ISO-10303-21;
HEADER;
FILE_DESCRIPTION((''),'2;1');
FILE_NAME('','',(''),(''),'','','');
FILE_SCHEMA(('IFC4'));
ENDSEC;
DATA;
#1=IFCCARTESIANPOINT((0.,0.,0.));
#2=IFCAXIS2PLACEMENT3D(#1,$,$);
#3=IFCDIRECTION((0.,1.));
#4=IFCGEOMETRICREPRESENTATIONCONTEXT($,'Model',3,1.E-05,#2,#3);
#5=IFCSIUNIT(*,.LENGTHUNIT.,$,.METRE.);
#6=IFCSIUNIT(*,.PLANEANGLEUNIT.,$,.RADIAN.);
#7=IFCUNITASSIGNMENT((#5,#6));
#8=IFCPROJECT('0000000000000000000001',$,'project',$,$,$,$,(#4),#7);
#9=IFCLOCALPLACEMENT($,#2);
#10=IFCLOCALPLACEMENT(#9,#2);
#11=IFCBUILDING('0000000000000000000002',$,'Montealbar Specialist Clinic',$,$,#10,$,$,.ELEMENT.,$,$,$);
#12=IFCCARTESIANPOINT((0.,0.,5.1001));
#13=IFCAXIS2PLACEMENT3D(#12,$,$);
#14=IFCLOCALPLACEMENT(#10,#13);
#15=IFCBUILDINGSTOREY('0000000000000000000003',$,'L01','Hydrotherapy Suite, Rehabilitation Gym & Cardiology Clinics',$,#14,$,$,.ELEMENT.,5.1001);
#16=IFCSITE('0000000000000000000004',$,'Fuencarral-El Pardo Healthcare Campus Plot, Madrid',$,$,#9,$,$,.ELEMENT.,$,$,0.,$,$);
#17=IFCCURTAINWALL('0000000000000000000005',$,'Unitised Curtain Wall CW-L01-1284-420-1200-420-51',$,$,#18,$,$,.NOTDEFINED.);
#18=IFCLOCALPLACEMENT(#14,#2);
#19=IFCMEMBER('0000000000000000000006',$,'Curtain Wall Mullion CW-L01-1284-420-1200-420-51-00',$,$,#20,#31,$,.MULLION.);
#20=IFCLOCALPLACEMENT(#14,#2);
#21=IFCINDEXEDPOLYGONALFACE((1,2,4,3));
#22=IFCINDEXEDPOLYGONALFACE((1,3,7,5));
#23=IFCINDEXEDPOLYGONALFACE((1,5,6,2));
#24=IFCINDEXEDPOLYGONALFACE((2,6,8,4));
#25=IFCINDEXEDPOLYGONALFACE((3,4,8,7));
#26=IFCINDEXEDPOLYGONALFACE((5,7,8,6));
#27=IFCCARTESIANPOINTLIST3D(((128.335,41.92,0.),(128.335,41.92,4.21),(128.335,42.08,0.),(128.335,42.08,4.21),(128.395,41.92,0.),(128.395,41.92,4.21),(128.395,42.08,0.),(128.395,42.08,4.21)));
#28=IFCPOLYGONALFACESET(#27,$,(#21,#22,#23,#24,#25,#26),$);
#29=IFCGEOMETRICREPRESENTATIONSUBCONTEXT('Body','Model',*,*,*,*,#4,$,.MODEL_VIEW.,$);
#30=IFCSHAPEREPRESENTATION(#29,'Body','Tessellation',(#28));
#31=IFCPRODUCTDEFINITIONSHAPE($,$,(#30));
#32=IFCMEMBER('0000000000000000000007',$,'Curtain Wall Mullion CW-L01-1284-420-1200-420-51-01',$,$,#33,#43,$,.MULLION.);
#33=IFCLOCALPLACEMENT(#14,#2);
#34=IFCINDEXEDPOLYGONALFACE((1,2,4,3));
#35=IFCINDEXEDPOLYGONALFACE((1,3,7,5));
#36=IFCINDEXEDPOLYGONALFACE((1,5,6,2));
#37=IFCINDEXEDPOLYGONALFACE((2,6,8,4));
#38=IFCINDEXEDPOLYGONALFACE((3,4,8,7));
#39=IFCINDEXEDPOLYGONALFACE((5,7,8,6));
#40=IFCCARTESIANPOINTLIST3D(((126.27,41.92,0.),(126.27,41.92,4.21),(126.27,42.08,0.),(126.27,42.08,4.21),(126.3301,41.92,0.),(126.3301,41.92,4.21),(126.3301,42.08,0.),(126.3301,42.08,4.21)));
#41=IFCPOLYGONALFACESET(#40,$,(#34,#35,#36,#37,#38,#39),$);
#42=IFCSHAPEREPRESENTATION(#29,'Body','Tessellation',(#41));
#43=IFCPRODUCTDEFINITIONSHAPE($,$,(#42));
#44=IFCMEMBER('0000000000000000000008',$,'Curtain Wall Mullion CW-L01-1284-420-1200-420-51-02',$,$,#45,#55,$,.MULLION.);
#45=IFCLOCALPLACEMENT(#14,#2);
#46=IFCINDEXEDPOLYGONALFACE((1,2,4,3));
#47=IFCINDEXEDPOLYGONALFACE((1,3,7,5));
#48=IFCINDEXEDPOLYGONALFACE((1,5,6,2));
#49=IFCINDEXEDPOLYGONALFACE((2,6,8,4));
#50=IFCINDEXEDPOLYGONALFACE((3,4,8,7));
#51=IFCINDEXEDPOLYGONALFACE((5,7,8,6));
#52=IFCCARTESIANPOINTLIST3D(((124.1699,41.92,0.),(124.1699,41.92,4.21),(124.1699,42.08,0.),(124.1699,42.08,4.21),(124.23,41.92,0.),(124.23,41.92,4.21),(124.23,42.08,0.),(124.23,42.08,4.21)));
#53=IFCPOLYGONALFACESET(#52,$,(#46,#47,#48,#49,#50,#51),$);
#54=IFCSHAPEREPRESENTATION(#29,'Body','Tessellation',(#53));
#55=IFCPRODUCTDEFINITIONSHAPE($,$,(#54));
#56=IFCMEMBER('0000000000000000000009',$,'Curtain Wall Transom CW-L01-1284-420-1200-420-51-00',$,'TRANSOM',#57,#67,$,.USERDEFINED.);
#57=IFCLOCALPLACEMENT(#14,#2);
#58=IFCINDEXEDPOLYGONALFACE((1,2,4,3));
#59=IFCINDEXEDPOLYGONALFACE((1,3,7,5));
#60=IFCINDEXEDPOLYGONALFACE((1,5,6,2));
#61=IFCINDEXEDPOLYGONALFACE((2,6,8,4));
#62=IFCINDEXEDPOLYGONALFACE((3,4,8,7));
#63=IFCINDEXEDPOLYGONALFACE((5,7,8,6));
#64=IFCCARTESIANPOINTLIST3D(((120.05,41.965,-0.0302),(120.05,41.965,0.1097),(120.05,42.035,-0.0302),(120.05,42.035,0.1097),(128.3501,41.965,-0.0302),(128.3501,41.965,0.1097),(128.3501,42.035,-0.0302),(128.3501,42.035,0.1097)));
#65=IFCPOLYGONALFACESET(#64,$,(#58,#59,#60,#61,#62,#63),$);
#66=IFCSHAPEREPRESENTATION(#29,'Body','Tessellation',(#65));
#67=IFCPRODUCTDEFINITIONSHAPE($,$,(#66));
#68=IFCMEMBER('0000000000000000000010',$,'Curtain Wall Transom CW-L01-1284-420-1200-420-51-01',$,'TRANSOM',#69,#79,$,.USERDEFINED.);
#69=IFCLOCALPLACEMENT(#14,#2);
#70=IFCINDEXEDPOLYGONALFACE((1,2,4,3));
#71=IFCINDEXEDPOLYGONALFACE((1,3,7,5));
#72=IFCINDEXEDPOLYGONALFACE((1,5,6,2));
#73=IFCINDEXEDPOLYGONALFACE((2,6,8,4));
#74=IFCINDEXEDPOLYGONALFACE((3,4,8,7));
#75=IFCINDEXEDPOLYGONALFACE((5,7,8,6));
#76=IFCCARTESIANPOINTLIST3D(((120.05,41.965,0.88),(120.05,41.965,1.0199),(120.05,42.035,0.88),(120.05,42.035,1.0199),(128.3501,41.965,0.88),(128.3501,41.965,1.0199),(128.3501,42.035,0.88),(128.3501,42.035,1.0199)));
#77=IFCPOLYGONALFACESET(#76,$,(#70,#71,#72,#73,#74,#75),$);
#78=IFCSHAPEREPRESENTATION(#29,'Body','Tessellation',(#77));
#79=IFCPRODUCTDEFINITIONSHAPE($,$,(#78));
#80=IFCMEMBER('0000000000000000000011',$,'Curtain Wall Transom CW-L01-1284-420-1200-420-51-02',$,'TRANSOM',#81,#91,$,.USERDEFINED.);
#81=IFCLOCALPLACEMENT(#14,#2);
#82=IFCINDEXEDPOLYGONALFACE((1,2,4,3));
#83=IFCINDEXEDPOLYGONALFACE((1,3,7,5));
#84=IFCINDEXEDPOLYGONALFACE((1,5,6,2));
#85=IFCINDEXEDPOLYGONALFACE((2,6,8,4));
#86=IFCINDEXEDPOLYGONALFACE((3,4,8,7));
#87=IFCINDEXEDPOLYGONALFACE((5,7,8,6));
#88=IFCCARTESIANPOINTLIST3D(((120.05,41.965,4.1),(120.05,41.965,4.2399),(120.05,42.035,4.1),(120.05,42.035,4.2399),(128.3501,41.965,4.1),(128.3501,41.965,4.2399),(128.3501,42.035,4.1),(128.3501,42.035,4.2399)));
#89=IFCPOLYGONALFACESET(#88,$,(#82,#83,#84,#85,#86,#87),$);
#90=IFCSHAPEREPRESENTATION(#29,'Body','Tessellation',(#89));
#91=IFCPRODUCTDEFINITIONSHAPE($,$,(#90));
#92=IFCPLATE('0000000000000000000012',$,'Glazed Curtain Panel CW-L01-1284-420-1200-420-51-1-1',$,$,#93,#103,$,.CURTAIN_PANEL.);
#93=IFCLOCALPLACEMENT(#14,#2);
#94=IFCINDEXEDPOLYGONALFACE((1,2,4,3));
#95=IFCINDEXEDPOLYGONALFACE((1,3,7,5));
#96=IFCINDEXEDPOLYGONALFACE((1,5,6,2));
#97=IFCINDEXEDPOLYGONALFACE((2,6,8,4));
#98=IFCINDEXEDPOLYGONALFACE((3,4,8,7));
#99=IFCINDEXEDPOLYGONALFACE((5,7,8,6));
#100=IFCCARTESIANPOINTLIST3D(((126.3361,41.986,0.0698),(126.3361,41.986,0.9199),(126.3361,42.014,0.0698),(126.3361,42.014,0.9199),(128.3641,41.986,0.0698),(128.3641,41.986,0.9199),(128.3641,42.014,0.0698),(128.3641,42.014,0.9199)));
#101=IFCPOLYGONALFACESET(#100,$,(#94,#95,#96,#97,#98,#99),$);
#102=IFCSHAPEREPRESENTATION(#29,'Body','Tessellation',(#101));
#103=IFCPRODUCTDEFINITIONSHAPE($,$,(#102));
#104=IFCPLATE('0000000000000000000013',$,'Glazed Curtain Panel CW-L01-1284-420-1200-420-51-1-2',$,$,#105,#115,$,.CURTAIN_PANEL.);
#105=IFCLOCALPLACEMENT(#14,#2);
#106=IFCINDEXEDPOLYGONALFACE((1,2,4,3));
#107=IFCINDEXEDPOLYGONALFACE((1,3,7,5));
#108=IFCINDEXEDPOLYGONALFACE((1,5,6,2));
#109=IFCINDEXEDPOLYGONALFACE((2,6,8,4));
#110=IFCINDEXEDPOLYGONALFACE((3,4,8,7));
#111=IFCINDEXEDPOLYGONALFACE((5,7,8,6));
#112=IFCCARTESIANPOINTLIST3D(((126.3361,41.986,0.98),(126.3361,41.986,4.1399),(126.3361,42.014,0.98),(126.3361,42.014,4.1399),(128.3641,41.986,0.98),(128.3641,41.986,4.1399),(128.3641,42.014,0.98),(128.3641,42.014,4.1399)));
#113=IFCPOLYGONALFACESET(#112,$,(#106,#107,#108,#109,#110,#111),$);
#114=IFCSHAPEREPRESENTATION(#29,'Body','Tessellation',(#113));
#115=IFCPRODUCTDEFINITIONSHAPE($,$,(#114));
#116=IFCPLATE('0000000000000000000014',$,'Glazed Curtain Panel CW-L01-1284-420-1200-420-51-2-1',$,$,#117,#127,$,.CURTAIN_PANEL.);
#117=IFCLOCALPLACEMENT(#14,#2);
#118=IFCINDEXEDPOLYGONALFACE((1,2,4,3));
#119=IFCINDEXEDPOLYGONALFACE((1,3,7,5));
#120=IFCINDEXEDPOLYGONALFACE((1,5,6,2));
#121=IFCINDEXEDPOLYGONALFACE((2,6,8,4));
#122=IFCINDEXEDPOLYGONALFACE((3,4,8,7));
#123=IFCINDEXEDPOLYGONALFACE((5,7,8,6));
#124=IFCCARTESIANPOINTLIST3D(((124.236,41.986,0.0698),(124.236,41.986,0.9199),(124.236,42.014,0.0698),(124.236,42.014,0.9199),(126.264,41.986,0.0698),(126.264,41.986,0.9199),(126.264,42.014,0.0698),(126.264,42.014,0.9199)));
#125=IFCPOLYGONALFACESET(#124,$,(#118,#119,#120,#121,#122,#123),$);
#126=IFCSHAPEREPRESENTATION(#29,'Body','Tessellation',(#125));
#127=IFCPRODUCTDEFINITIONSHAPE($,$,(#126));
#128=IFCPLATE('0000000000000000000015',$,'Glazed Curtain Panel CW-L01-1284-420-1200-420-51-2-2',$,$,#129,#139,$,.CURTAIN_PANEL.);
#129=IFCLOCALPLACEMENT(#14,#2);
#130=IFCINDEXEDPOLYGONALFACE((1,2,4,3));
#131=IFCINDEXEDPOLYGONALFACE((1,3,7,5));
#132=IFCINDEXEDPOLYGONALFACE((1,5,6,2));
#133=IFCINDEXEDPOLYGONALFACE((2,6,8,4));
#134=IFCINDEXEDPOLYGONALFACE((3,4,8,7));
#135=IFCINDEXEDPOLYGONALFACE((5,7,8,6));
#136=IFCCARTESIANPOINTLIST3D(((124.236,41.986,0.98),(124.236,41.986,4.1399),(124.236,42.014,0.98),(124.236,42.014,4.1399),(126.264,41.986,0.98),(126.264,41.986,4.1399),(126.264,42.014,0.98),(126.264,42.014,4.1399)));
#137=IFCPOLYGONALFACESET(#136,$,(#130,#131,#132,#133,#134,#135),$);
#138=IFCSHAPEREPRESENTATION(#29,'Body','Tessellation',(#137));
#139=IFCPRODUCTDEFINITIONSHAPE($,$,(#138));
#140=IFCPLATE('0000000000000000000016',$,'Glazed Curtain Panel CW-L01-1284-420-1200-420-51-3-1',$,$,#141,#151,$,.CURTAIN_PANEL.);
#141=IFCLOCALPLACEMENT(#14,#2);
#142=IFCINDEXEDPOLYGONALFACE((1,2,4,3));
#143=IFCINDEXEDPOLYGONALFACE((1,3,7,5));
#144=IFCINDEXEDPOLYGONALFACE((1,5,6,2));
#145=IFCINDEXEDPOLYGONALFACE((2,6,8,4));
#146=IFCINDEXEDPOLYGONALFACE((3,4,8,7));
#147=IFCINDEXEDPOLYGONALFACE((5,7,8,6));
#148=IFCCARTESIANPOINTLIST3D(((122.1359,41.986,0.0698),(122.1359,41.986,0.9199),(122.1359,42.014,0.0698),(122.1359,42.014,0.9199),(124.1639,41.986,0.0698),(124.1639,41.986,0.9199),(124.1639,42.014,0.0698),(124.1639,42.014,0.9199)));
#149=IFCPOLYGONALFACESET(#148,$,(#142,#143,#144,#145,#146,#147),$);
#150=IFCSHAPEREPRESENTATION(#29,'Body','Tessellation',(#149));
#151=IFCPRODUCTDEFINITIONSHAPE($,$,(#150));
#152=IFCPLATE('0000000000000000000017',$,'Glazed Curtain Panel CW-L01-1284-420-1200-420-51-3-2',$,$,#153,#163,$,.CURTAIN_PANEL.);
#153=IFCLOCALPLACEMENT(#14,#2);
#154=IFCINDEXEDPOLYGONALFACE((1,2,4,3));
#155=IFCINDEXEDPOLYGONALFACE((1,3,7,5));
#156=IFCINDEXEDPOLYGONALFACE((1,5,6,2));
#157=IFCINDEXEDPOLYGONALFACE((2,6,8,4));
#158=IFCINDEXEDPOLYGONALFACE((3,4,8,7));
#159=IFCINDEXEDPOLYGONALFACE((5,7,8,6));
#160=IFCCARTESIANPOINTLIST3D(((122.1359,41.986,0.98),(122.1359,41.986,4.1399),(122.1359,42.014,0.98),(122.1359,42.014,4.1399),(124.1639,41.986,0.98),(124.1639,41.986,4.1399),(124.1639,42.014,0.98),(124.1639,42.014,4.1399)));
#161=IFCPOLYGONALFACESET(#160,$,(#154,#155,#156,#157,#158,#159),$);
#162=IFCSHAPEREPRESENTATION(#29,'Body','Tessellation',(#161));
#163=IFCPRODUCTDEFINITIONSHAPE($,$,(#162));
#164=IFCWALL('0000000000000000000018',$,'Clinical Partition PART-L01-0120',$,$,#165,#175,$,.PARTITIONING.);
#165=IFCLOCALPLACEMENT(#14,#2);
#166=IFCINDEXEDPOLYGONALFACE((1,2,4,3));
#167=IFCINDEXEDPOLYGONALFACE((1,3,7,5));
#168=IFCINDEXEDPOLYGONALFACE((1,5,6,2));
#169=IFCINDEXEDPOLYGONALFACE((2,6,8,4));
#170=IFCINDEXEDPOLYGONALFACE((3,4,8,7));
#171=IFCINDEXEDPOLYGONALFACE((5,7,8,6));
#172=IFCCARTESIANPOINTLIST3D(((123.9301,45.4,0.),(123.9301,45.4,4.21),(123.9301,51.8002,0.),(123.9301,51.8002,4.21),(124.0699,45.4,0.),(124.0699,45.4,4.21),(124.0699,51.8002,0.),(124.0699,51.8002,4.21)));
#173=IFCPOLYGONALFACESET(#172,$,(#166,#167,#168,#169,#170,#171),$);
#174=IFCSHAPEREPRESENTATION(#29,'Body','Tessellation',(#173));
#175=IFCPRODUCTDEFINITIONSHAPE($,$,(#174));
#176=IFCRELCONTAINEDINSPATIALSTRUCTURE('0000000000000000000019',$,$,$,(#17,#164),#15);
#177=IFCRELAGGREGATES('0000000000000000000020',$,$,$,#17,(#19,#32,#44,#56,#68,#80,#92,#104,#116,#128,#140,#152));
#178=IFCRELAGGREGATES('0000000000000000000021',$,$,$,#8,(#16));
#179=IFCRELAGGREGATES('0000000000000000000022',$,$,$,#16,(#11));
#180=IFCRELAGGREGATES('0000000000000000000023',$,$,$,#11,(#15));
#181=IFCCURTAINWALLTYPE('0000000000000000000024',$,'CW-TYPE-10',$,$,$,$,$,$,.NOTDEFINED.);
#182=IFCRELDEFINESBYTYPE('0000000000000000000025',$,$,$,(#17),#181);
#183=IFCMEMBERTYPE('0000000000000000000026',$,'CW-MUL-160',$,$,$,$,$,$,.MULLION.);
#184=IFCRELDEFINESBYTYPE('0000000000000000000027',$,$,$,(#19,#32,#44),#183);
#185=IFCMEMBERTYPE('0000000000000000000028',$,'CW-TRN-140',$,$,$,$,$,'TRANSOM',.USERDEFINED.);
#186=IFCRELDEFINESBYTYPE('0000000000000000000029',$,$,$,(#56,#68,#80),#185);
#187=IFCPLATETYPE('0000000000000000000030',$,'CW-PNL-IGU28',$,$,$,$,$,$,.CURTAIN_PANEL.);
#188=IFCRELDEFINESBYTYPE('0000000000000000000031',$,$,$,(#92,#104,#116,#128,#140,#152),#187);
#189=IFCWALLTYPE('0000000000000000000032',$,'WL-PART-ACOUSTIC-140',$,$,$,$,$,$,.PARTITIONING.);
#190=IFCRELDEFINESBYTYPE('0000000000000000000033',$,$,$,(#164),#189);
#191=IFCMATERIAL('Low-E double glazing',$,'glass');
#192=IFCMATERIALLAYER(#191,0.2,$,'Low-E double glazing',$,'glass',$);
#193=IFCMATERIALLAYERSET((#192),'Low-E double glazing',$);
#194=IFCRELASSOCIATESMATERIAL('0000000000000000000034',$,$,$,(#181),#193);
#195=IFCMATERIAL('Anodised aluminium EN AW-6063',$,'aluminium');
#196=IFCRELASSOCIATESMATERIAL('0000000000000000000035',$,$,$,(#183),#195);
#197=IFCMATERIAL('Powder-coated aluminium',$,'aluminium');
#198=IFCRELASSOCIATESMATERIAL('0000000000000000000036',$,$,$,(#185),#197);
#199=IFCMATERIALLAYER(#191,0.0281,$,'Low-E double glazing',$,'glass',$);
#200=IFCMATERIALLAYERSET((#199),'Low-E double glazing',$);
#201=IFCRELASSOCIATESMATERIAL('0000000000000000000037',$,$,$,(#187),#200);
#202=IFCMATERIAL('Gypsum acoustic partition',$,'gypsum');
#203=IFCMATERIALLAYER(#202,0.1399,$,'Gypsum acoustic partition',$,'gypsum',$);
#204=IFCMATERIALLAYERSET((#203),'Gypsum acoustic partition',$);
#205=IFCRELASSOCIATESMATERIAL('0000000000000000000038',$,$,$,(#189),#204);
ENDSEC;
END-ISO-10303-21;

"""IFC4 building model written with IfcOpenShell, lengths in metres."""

from ifc_helpers import new_model, si_unit, direction, frame, frame_2d, origin, origin_2d, place, context, subcontext, project, spatial, rectangle, extrude, material, layer, layer_set, material_profile, profile_set, type_object, element, aggregate, save


model = new_model("IFC4")

# Units and contexts
model_context = context("Model", 3, precision=1e-05, world=origin(), true_north=direction((0.0, 1.0)))
body_context = subcontext(model_context, "Body", "Model", "MODEL_VIEW")
ifc_project = project(units=[si_unit("LENGTHUNIT", "METRE"), si_unit("PLANEANGLEUNIT", "RADIAN")], contexts=[model_context])

# Site, building, storey
site_placement = place(None, origin())
site = spatial("IfcSite", under=ifc_project, at=site_placement, Name="Fuencarral-El Pardo Healthcare Campus Plot, Madrid", CompositionType="ELEMENT", RefElevation=0.0)
building_placement = place(site_placement, origin())
building = spatial("IfcBuilding", under=site, at=building_placement, Name="Montealbar Specialist Clinic", CompositionType="ELEMENT")
storey_placement = place(building_placement, frame((0.0, 0.0, 5.1001)))
storey = spatial("IfcBuildingStorey", under=building, at=storey_placement, Name="L01", Description="Hydrotherapy Suite, Rehabilitation Gym & Cardiology Clinics", CompositionType="ELEMENT", Elevation=5.1001)

# Curtain wall, members, plates
ifc_material_1 = material(Name="Low-E double glazing", Category="glass")
ifc_layer_1 = layer(ifc_material_1, 0.2, Name="Low-E double glazing", Category="glass")
ifc_layer_set_1 = layer_set([ifc_layer_1], Name="Low-E double glazing")
curtain_wall_type = type_object("IfcCurtainWallType", Name="CW-TYPE-10", PredefinedType="NOTDEFINED", material=ifc_layer_set_1)
curtain_wall_placement = place(storey_placement, origin())
curtain_wall = element("IfcCurtainWall", 1, at=curtain_wall_placement, inside=storey, type_object=curtain_wall_type, Name="Unitised Curtain Wall CW-L01-1284-420-1200-420-51", PredefinedType="NOTDEFINED")
ifc_material_2 = material(Name="Anodised aluminium EN AW-6063", Category="aluminium")
ifc_material_profile_1 = material_profile(ifc_material_2, rectangle(XDim=0.0601, YDim=0.1599, at=origin_2d()), Name="ALU 60x160", Category="aluminium")
ifc_profile_set_1 = profile_set([ifc_material_profile_1], Name="Anodised aluminium EN AW-6063")
member_type_1 = type_object("IfcMemberType", Name="CW-MUL-160", PredefinedType="MULLION", material=ifc_profile_set_1)
member_1_placement = place(storey_placement, frame((128.365, 42.0, 0.0), z_axis=(0.0, 0.0, 1.0), x_axis=(-1.0, 0.0, 0.0)))
member_1 = element("IfcMember", 2, at=member_1_placement, type_object=member_type_1, Name="Curtain Wall Mullion CW-L01-1284-420-1200-420-51-00", PredefinedType="MULLION", context=body_context, shape_type="SweptSolid", body=[
    extrude(rectangle(XDim=0.0601, YDim=0.1599, at=origin_2d()), origin(), (0.0, 0.0, 1.0), 4.21),
])
member_2_placement = place(storey_placement, frame((126.3, 42.0, 0.0), z_axis=(0.0, 0.0, 1.0), x_axis=(-1.0, 0.0, 0.0)))
member_2 = element("IfcMember", 3, at=member_2_placement, type_object=member_type_1, Name="Curtain Wall Mullion CW-L01-1284-420-1200-420-51-01", PredefinedType="MULLION", context=body_context, shape_type="SweptSolid", body=[
    extrude(rectangle(XDim=0.0601, YDim=0.1599, at=origin_2d()), origin(), (0.0, 0.0, 1.0), 4.21),
])
member_3_placement = place(storey_placement, frame((124.2, 42.0, 0.0), z_axis=(0.0, 0.0, 1.0), x_axis=(-1.0, 0.0, 0.0)))
member_3 = element("IfcMember", 4, at=member_3_placement, type_object=member_type_1, Name="Curtain Wall Mullion CW-L01-1284-420-1200-420-51-02", PredefinedType="MULLION", context=body_context, shape_type="SweptSolid", body=[
    extrude(rectangle(XDim=0.0601, YDim=0.1599, at=origin_2d()), origin(), (0.0, 0.0, 1.0), 4.21),
])
ifc_material_3 = material(Name="Powder-coated aluminium", Category="aluminium")
ifc_material_profile_2 = material_profile(ifc_material_3, rectangle(XDim=0.0701, YDim=0.1399, at=origin_2d()), Name="ALU 70x140", Category="aluminium")
ifc_profile_set_2 = profile_set([ifc_material_profile_2], Name="Powder-coated aluminium")
member_type_2 = type_object("IfcMemberType", Name="CW-TRN-140", ElementType="TRANSOM", PredefinedType="USERDEFINED", material=ifc_profile_set_2)
member_4_placement = place(storey_placement, frame((128.3501, 42.0, 0.0398), z_axis=(-1.0, 0.0, 0.0), x_axis=(0.0, -1.0, 0.0)))
member_4 = element("IfcMember", 5, at=member_4_placement, type_object=member_type_2, Name="Curtain Wall Transom CW-L01-1284-420-1200-420-51-00", ObjectType="TRANSOM", PredefinedType="USERDEFINED", context=body_context, shape_type="SweptSolid", body=[
    extrude(rectangle(XDim=0.0701, YDim=0.1399, at=origin_2d()), origin(), (0.0, 0.0, 1.0), 8.3),
])
member_5_placement = place(storey_placement, frame((128.3501, 42.0, 0.95), z_axis=(-1.0, 0.0, 0.0), x_axis=(0.0, -1.0, 0.0)))
member_5 = element("IfcMember", 6, at=member_5_placement, type_object=member_type_2, Name="Curtain Wall Transom CW-L01-1284-420-1200-420-51-01", ObjectType="TRANSOM", PredefinedType="USERDEFINED", context=body_context, shape_type="SweptSolid", body=[
    extrude(rectangle(XDim=0.0701, YDim=0.1399, at=origin_2d()), origin(), (0.0, 0.0, 1.0), 8.3),
])
member_6_placement = place(storey_placement, frame((128.3501, 42.0, 4.1699), z_axis=(-1.0, 0.0, 0.0), x_axis=(0.0, -1.0, 0.0)))
member_6 = element("IfcMember", 7, at=member_6_placement, type_object=member_type_2, Name="Curtain Wall Transom CW-L01-1284-420-1200-420-51-02", ObjectType="TRANSOM", PredefinedType="USERDEFINED", context=body_context, shape_type="SweptSolid", body=[
    extrude(rectangle(XDim=0.0701, YDim=0.1399, at=origin_2d()), origin(), (0.0, 0.0, 1.0), 8.3),
])
ifc_layer_2 = layer(ifc_material_1, 0.0281, Name="Low-E double glazing", Category="glass")
ifc_layer_set_2 = layer_set([ifc_layer_2], Name="Low-E double glazing")
plate_type = type_object("IfcPlateType", Name="CW-PNL-IGU28", PredefinedType="CURTAIN_PANEL", material=ifc_layer_set_2)
plate_1_placement = place(storey_placement, frame((127.3501, 42.0, 0.0698), z_axis=(0.0, 0.0, 1.0), x_axis=(-1.0, 0.0, 0.0)))
plate_1 = element("IfcPlate", 8, at=plate_1_placement, type_object=plate_type, Name="Glazed Curtain Panel CW-L01-1284-420-1200-420-51-1-1", PredefinedType="CURTAIN_PANEL", context=body_context, shape_type="SweptSolid", body=[
    extrude(rectangle(XDim=2.0281, YDim=0.0281, at=origin_2d()), origin(), (0.0, 0.0, 1.0), 0.8501),
])
plate_2_placement = place(storey_placement, frame((127.3501, 42.0, 0.98), z_axis=(0.0, 0.0, 1.0), x_axis=(-1.0, 0.0, 0.0)))
plate_2 = element("IfcPlate", 9, at=plate_2_placement, type_object=plate_type, Name="Glazed Curtain Panel CW-L01-1284-420-1200-420-51-1-2", PredefinedType="CURTAIN_PANEL", context=body_context, shape_type="SweptSolid", body=[
    extrude(rectangle(XDim=2.0281, YDim=0.0281, at=origin_2d()), origin(), (0.0, 0.0, 1.0), 3.1599),
])
plate_3_placement = place(storey_placement, frame((125.25, 42.0, 0.0698), z_axis=(0.0, 0.0, 1.0), x_axis=(-1.0, 0.0, 0.0)))
plate_3 = element("IfcPlate", 10, at=plate_3_placement, type_object=plate_type, Name="Glazed Curtain Panel CW-L01-1284-420-1200-420-51-2-1", PredefinedType="CURTAIN_PANEL", context=body_context, shape_type="SweptSolid", body=[
    extrude(rectangle(XDim=2.0281, YDim=0.0281, at=origin_2d()), origin(), (0.0, 0.0, 1.0), 0.8501),
])
plate_4_placement = place(storey_placement, frame((125.25, 42.0, 0.98), z_axis=(0.0, 0.0, 1.0), x_axis=(-1.0, 0.0, 0.0)))
plate_4 = element("IfcPlate", 11, at=plate_4_placement, type_object=plate_type, Name="Glazed Curtain Panel CW-L01-1284-420-1200-420-51-2-2", PredefinedType="CURTAIN_PANEL", context=body_context, shape_type="SweptSolid", body=[
    extrude(rectangle(XDim=2.0281, YDim=0.0281, at=origin_2d()), origin(), (0.0, 0.0, 1.0), 3.1599),
])
plate_5_placement = place(storey_placement, frame((123.1499, 42.0, 0.0698), z_axis=(0.0, 0.0, 1.0), x_axis=(-1.0, 0.0, 0.0)))
plate_5 = element("IfcPlate", 12, at=plate_5_placement, type_object=plate_type, Name="Glazed Curtain Panel CW-L01-1284-420-1200-420-51-3-1", PredefinedType="CURTAIN_PANEL", context=body_context, shape_type="SweptSolid", body=[
    extrude(rectangle(XDim=2.0281, YDim=0.0281, at=origin_2d()), origin(), (0.0, 0.0, 1.0), 0.8501),
])
plate_6_placement = place(storey_placement, frame((123.1499, 42.0, 0.98), z_axis=(0.0, 0.0, 1.0), x_axis=(-1.0, 0.0, 0.0)))
plate_6 = element("IfcPlate", 13, at=plate_6_placement, type_object=plate_type, Name="Glazed Curtain Panel CW-L01-1284-420-1200-420-51-3-2", PredefinedType="CURTAIN_PANEL", context=body_context, shape_type="SweptSolid", body=[
    extrude(rectangle(XDim=2.0281, YDim=0.0281, at=origin_2d()), origin(), (0.0, 0.0, 1.0), 3.1599),
])
aggregate(curtain_wall, [member_1, member_2, member_3, member_4, member_5, member_6, plate_1, plate_2, plate_3, plate_4, plate_5, plate_6])

# Wall
ifc_material_4 = material(Name="Gypsum acoustic partition", Category="gypsum")
ifc_layer_3 = layer(ifc_material_4, 0.1399, Name="Gypsum acoustic partition", Category="gypsum")
ifc_layer_set_3 = layer_set([ifc_layer_3], Name="Gypsum acoustic partition")
wall_type_1 = type_object("IfcWallType", Name="WL-PART-ACOUSTIC-140", PredefinedType="PARTITIONING", material=ifc_layer_set_3)
wall_1_placement = place(storey_placement, frame((124.0, 45.3999, 0.0), z_axis=(0.0, 0.0, 1.0), x_axis=(0.0, 1.0, 0.0)))
element("IfcWall", 14, at=wall_1_placement, inside=storey, type_object=wall_type_1, Name="Clinical Partition PART-L01-0120", PredefinedType="PARTITIONING", context=body_context, shape_type="SweptSolid", body=[
    extrude(rectangle(XDim=6.4001, YDim=0.1399, at=frame_2d((3.2002, 0.0))), origin(), (0.0, 0.0, 1.0), 4.21),
])

save(model, "model.ifc")
